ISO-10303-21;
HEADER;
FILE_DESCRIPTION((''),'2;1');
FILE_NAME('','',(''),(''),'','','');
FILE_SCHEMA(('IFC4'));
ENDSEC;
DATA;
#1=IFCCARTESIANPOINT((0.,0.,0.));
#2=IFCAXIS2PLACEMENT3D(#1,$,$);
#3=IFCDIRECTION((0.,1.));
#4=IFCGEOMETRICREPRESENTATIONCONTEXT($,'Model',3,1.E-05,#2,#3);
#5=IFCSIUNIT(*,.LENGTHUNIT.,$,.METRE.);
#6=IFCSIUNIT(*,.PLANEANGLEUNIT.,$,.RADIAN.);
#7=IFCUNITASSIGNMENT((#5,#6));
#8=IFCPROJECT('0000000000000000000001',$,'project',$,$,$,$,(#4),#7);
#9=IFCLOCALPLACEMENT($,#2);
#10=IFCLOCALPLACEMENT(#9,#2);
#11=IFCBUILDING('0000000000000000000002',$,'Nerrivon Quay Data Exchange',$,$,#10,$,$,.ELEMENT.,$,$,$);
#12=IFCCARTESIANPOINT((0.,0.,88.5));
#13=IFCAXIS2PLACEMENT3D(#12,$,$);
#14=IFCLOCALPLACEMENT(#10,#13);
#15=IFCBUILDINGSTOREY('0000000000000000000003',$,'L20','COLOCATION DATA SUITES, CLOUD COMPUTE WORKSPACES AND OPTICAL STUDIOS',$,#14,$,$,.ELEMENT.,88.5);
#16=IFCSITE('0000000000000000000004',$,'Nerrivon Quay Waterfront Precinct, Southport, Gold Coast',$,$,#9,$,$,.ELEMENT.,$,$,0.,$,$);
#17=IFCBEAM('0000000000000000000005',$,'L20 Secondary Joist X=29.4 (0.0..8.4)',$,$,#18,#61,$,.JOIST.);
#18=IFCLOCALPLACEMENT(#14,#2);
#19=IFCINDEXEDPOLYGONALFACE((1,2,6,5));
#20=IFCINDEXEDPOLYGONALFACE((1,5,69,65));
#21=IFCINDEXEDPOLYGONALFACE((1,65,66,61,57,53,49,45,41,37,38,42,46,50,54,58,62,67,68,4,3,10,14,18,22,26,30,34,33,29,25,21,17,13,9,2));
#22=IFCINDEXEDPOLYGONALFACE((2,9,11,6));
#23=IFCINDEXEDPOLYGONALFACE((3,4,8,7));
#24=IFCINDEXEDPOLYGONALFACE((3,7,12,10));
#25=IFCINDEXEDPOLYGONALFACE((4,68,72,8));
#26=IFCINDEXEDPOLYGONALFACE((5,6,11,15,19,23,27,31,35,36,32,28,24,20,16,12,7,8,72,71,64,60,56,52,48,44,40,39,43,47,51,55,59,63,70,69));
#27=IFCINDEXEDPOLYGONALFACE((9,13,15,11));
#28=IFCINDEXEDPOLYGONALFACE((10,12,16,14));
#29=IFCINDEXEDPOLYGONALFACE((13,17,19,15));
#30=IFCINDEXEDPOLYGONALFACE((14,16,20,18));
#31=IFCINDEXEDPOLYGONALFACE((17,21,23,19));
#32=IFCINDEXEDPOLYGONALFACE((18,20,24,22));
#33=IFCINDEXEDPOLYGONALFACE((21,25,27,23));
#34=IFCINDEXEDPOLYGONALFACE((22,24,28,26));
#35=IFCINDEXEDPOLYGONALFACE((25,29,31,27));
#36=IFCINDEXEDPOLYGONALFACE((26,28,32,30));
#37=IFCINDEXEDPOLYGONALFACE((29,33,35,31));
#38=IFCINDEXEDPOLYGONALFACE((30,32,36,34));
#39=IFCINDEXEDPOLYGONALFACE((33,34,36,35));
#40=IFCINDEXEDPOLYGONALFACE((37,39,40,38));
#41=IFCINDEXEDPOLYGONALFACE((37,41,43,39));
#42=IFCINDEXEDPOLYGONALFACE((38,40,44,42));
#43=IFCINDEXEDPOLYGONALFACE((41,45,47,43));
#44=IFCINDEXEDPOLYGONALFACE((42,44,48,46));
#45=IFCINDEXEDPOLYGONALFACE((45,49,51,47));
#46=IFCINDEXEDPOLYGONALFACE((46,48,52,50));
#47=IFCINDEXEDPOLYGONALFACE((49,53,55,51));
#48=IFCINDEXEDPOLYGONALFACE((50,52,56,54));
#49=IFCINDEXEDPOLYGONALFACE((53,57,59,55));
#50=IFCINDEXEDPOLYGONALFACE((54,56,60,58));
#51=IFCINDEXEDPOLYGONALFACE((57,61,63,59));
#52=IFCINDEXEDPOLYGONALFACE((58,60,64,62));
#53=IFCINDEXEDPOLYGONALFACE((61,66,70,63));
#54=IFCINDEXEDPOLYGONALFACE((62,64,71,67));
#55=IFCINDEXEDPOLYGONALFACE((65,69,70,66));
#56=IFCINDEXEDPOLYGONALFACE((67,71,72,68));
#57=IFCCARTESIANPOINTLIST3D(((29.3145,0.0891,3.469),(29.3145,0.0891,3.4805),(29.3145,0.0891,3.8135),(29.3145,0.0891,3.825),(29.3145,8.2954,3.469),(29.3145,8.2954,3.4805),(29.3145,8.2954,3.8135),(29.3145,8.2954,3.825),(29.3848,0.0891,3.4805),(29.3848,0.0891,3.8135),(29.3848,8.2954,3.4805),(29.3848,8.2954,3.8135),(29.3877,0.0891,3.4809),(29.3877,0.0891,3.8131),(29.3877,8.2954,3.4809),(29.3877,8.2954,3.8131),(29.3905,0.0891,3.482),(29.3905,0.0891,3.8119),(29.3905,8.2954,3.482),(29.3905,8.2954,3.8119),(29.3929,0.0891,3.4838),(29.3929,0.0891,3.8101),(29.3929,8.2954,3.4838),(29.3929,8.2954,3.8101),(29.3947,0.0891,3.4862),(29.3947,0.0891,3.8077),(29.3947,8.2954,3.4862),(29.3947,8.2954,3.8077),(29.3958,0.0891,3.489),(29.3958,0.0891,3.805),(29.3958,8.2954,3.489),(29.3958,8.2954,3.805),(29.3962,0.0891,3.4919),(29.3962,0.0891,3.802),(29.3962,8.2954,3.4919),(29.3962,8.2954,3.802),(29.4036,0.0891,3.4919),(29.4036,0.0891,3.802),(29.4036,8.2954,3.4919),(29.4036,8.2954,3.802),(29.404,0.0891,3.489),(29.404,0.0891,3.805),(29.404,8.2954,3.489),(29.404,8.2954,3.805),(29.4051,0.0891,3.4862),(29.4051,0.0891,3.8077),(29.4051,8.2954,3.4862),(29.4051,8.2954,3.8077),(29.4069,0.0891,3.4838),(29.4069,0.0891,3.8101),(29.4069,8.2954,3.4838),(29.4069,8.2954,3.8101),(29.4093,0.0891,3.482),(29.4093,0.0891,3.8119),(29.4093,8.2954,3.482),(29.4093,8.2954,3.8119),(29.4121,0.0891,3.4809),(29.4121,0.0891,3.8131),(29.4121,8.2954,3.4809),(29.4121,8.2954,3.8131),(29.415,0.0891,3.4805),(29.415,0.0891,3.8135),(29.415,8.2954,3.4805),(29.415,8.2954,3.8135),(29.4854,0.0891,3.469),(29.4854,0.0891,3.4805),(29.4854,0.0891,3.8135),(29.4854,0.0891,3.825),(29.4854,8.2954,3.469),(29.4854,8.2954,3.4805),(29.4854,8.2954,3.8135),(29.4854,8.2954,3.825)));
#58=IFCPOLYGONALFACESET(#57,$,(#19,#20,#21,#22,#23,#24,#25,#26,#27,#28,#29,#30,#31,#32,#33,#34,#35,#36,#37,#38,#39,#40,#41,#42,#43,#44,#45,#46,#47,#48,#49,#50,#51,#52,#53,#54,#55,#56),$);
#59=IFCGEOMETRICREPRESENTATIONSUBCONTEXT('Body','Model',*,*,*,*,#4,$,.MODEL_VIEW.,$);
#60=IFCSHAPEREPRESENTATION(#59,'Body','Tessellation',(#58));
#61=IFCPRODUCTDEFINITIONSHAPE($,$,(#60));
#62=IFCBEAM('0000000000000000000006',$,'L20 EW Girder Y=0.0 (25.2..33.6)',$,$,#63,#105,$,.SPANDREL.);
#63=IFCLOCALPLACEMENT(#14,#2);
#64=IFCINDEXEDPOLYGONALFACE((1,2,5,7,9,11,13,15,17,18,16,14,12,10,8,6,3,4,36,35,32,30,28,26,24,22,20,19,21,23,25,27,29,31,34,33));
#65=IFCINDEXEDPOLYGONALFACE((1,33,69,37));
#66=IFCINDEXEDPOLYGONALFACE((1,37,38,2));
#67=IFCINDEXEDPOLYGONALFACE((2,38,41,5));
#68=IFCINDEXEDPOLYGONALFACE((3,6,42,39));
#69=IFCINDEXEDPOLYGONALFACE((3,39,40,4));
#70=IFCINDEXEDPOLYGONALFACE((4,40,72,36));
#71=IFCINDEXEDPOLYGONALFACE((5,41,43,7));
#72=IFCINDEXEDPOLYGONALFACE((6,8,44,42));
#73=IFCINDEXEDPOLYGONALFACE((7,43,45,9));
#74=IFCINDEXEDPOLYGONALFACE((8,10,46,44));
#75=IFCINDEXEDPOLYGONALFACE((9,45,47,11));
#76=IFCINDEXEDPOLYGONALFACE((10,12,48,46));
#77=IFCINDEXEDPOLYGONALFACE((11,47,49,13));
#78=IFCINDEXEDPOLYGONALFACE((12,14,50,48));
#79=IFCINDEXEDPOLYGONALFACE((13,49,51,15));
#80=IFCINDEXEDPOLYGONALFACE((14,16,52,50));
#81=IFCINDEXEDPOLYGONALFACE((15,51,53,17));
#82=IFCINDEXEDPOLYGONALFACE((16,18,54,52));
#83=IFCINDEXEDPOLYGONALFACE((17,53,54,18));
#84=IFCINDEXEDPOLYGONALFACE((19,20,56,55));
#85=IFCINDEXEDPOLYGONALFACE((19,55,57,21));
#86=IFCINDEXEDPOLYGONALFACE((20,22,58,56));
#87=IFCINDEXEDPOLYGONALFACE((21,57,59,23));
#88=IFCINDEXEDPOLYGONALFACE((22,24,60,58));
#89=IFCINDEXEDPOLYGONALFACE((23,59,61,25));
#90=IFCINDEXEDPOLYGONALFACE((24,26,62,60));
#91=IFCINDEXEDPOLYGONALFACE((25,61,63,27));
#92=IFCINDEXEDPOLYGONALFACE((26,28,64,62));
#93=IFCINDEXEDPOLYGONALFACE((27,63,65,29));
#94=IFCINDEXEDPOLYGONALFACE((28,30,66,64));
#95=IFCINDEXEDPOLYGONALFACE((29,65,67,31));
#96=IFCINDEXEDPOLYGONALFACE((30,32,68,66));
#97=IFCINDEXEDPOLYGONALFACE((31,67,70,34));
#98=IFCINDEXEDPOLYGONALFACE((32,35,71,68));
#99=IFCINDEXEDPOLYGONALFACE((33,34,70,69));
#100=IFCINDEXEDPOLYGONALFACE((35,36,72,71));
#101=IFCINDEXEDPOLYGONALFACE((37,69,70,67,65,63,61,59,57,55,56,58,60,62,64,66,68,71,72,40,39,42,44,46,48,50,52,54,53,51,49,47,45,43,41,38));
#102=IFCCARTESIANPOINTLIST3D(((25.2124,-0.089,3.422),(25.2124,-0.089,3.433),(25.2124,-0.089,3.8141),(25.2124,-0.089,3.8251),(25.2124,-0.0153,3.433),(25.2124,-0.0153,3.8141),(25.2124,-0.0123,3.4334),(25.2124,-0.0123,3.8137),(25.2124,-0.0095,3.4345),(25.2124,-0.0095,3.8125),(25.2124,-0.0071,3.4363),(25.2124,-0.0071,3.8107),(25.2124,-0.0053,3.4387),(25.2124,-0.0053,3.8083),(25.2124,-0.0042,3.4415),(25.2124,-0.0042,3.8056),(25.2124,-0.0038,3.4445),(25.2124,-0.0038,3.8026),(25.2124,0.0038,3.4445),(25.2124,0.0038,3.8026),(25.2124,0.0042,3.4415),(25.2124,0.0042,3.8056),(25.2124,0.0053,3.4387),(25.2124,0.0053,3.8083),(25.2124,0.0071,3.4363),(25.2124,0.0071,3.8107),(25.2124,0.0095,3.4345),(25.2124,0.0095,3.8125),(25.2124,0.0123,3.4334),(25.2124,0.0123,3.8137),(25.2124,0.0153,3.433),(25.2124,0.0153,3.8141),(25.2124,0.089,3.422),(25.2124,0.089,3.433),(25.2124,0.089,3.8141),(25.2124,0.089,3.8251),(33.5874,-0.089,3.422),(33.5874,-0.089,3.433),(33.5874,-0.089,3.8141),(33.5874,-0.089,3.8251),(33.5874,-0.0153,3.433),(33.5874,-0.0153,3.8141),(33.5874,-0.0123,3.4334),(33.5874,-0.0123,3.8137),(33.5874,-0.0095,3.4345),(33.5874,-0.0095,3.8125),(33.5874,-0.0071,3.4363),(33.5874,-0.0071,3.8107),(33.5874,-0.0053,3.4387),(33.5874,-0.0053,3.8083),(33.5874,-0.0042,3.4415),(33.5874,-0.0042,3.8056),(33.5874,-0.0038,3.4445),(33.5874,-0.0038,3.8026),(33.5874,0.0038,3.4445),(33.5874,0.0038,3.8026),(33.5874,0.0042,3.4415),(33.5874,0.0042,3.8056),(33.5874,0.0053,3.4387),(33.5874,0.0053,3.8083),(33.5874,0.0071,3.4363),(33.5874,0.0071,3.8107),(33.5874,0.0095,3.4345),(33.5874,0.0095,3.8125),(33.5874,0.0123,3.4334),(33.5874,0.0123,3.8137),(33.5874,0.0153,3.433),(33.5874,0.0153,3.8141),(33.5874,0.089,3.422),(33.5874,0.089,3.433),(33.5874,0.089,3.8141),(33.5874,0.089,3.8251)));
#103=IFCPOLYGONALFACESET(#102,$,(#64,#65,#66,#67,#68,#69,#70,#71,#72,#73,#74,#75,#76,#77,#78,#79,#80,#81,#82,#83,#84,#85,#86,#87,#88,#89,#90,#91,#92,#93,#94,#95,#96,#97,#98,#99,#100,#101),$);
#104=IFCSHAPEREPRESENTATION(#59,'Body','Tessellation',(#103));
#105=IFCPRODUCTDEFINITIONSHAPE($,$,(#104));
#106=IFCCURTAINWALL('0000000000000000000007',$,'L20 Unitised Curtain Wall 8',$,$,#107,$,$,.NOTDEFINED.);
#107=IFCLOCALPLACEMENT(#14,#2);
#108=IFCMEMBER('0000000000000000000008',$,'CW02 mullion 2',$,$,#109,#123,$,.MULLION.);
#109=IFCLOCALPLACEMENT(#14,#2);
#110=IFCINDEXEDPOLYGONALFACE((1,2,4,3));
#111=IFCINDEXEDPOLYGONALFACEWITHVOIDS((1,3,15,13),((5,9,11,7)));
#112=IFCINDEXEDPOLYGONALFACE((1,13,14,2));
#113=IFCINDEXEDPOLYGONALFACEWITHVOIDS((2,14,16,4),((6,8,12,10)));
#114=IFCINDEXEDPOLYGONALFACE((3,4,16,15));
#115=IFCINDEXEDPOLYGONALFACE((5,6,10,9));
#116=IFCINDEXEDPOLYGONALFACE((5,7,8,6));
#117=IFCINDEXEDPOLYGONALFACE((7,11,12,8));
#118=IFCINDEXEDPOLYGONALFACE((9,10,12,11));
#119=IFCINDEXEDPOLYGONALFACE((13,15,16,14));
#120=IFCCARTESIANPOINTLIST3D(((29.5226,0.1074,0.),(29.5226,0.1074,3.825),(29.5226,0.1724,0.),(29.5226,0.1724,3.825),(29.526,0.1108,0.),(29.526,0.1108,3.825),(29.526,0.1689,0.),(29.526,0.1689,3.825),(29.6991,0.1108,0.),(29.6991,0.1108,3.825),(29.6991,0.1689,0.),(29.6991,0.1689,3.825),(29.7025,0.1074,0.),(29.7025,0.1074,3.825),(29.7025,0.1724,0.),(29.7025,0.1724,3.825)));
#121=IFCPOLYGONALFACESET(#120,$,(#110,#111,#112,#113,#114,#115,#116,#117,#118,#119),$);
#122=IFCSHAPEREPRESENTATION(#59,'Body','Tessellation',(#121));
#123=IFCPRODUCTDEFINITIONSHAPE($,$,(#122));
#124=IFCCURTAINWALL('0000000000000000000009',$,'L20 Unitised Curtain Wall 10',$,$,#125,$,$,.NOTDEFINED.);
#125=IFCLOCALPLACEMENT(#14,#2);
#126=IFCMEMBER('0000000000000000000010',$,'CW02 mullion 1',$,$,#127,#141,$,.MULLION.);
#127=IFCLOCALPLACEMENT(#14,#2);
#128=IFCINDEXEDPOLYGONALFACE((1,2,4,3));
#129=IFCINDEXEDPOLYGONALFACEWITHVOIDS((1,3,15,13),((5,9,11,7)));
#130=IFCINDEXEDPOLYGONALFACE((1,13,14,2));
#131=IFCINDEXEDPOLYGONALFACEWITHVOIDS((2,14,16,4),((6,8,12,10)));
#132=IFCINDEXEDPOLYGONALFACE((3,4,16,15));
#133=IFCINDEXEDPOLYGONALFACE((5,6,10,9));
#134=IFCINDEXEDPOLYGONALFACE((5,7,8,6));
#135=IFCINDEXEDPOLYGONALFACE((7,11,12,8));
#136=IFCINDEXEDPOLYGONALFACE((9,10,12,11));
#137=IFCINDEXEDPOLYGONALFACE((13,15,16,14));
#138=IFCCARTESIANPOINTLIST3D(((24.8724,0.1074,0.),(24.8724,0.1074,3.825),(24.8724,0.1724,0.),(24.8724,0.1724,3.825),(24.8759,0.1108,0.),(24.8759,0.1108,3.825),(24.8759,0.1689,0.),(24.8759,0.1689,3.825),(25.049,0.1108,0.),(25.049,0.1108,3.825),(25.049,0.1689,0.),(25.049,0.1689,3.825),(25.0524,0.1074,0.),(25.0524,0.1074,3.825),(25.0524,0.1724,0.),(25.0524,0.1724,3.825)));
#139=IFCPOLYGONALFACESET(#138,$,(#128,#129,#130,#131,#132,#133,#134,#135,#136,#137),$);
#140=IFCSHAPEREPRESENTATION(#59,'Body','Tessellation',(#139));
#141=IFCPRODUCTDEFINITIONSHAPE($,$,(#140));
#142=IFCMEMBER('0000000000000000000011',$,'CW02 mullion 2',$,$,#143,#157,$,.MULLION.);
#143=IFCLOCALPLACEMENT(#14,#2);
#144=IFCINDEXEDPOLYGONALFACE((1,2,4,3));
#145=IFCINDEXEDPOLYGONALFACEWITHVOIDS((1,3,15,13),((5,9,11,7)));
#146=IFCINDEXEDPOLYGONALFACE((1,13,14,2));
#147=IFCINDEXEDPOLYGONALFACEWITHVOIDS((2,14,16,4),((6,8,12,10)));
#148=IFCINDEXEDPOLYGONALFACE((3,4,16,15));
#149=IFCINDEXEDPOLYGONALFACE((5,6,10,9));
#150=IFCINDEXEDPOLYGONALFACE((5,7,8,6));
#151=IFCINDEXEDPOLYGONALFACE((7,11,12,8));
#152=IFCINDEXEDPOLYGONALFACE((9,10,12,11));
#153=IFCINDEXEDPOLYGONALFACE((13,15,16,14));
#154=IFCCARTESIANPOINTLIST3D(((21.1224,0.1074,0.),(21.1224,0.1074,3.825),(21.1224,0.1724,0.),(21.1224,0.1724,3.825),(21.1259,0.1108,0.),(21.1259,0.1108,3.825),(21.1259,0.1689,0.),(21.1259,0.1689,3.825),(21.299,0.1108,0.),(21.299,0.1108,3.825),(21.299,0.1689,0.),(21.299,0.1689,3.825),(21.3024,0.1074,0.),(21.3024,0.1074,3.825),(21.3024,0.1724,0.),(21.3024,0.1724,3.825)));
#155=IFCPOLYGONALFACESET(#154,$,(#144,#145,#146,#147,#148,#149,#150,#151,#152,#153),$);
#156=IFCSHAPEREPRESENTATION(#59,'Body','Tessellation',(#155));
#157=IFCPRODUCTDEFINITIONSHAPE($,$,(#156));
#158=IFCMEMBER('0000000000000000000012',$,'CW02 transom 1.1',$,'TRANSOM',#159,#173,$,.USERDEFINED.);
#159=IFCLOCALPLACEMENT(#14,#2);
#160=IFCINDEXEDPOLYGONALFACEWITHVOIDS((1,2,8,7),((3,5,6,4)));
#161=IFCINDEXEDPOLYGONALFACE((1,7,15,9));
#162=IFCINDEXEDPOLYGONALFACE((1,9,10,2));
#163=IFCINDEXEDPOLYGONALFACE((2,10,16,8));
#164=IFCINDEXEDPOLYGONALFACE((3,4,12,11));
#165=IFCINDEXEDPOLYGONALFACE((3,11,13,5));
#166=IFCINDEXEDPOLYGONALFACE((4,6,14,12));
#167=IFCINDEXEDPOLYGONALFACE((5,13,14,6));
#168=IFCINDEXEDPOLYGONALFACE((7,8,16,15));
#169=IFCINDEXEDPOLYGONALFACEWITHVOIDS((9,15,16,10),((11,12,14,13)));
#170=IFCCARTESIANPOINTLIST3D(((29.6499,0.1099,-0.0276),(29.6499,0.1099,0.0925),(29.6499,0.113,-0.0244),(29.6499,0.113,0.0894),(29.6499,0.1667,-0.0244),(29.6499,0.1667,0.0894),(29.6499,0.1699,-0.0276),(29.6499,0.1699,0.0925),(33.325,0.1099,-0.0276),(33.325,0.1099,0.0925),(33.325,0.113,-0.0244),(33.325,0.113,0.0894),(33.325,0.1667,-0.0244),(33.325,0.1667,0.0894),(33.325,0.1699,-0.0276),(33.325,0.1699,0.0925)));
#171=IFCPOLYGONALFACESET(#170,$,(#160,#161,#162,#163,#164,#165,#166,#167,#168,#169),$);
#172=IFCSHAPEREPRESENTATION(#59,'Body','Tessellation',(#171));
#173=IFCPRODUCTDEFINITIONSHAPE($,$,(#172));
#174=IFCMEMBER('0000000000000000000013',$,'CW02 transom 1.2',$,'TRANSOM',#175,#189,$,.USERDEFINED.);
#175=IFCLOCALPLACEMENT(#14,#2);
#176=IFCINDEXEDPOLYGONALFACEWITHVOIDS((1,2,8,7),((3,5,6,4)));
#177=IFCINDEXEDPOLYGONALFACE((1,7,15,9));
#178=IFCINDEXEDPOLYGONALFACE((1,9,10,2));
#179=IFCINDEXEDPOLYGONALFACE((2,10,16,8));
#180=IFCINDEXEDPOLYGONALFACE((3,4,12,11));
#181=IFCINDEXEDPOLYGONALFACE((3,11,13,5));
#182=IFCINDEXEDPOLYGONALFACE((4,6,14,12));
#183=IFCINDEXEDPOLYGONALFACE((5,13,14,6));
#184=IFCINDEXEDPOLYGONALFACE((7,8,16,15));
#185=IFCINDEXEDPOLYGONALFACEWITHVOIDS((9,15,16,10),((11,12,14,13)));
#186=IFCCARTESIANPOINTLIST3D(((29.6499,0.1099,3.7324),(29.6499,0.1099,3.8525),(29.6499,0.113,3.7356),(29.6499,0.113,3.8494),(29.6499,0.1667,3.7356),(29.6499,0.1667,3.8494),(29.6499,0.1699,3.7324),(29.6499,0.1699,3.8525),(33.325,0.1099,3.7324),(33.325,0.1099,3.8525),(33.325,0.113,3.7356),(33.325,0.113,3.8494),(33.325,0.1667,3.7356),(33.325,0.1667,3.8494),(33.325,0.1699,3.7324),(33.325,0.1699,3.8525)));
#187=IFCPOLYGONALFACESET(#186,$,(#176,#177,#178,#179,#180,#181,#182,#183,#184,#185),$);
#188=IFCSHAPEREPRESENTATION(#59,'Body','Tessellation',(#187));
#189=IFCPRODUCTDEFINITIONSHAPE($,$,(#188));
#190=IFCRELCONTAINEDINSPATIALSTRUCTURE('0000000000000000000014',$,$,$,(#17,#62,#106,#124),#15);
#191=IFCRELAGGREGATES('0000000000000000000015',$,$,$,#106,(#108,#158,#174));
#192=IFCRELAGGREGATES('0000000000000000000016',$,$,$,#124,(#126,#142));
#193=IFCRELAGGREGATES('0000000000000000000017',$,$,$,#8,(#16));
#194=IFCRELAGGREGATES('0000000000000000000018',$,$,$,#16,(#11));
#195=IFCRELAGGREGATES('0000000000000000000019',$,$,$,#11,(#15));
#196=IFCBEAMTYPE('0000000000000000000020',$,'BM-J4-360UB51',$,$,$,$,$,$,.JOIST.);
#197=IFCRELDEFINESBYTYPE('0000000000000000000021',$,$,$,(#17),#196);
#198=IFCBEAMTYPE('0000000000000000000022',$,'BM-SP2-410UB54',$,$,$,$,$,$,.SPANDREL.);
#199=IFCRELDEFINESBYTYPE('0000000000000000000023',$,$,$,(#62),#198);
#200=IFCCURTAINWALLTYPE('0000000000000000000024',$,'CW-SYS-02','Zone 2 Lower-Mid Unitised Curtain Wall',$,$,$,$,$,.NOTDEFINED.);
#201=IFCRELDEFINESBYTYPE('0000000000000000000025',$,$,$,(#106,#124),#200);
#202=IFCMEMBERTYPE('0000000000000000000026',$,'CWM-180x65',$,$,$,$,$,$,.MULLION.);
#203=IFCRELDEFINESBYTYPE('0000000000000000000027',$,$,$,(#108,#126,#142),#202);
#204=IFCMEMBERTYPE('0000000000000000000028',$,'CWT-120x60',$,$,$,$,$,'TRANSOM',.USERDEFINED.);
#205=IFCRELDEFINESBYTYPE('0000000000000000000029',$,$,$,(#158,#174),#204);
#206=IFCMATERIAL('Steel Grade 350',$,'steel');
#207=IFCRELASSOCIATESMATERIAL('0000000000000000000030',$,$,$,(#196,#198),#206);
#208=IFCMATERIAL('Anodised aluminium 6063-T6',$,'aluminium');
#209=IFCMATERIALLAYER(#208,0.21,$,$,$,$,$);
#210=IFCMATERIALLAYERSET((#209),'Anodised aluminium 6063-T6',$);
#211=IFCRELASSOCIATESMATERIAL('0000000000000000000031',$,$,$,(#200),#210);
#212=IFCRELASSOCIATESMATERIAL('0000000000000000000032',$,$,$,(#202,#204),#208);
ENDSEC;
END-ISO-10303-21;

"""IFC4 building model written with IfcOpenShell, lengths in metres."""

from ifc_helpers import new_model, si_unit, direction, frame, origin, origin_2d, place, context, subcontext, project, spatial, hollow_rectangle, i_section, extrude, material, layer, layer_set, material_profile, profile_set, type_object, element, aggregate, save


model = new_model("IFC4")

# Units and contexts
model_context = context("Model", 3, precision=1e-05, world=origin(), true_north=direction((0.0, 1.0)))
body_context = subcontext(model_context, "Body", "Model", "MODEL_VIEW")
ifc_project = project(units=[si_unit("LENGTHUNIT", "METRE"), si_unit("PLANEANGLEUNIT", "RADIAN")], contexts=[model_context])

# Site, building, storey
site_placement = place(None, origin())
site = spatial("IfcSite", under=ifc_project, at=site_placement, Name="Nerrivon Quay Waterfront Precinct, Southport, Gold Coast", CompositionType="ELEMENT", RefElevation=0.0)
building_placement = place(site_placement, origin())
building = spatial("IfcBuilding", under=site, at=building_placement, Name="Nerrivon Quay Data Exchange", CompositionType="ELEMENT")
storey_placement = place(building_placement, frame((0.0, 0.0, 88.5)))
storey = spatial("IfcBuildingStorey", under=building, at=storey_placement, Name="L20", Description="COLOCATION DATA SUITES, CLOUD COMPUTE WORKSPACES AND OPTICAL STUDIOS", CompositionType="ELEMENT", Elevation=88.5)

# Shared definitions
ifc_material_1 = material(Name="Steel Grade 350", Category="steel")

# Beams
ifc_material_profile_1 = material_profile(ifc_material_1, i_section(OverallWidth=0.1709, OverallDepth=0.356, WebThickness=0.0073, FlangeThickness=0.0115, FilletRadius=0.0115, at=origin_2d()), Name="360UB50.7")
ifc_profile_set_1 = profile_set([ifc_material_profile_1], Name="Steel Grade 350")
beam_type_1 = type_object("IfcBeamType", Name="BM-J4-360UB51", PredefinedType="JOIST", material=ifc_profile_set_1)
for number, where, z_axis, x_axis, name in (
    (1, (29.3999, 0.0891, 3.647), (0.0, 1.0, 0.0), (-1.0, 0.0, 0.0), "L20 Secondary Joist X=29.4 (0.0..8.4)"),
):
    element("IfcBeam", number, at=place(storey_placement, frame(where, z_axis=z_axis, x_axis=x_axis)), inside=storey, type_object=beam_type_1, Name=name, PredefinedType="JOIST", context=body_context, shape_type="SweptSolid", body=[
        extrude(i_section(OverallWidth=0.1709, OverallDepth=0.356, WebThickness=0.0073, FlangeThickness=0.0115, FilletRadius=0.0115, at=origin_2d()), origin(), (0.0, 0.0, 1.0), 8.2063),
    ])
ifc_material_profile_2 = material_profile(ifc_material_1, i_section(OverallWidth=0.178, OverallDepth=0.4031, WebThickness=0.0076, FlangeThickness=0.011, FilletRadius=0.0115, at=origin_2d()), Name="410UB53.7")
ifc_profile_set_2 = profile_set([ifc_material_profile_2], Name="Steel Grade 350")
beam_type_2 = type_object("IfcBeamType", Name="BM-SP2-410UB54", PredefinedType="SPANDREL", material=ifc_profile_set_2)
beam_1_placement = place(storey_placement, frame((25.2124, 0.0, 3.6235), z_axis=(1.0, 0.0, 0.0), x_axis=(0.0, 1.0, 0.0)))
element("IfcBeam", 2, at=beam_1_placement, inside=storey, type_object=beam_type_2, Name="L20 EW Girder Y=0.0 (25.2..33.6)", PredefinedType="SPANDREL", context=body_context, shape_type="SweptSolid", body=[
    extrude(i_section(OverallWidth=0.178, OverallDepth=0.4031, WebThickness=0.0076, FlangeThickness=0.011, FilletRadius=0.0115, at=origin_2d()), origin(), (0.0, 0.0, 1.0), 8.375),
])

# Curtain wall, member
ifc_material_2 = material(Name="Anodised aluminium 6063-T6", Category="aluminium")
ifc_layer_1 = layer(ifc_material_2, 0.21)
ifc_layer_set_1 = layer_set([ifc_layer_1], Name="Anodised aluminium 6063-T6")
curtain_wall_type = type_object("IfcCurtainWallType", Name="CW-SYS-02", Description="Zone 2 Lower-Mid Unitised Curtain Wall", PredefinedType="NOTDEFINED", material=ifc_layer_set_1)
curtain_wall_1_placement = place(storey_placement, origin())
curtain_wall_1 = element("IfcCurtainWall", 3, at=curtain_wall_1_placement, inside=storey, type_object=curtain_wall_type, Name="L20 Unitised Curtain Wall 8", PredefinedType="NOTDEFINED")
ifc_material_profile_3 = material_profile(ifc_material_2, hollow_rectangle(XDim=0.0649, YDim=0.1799, WallThickness=0.0034, at=origin_2d()), Name="ALU-MULL-180x65")
ifc_profile_set_3 = profile_set([ifc_material_profile_3], Name="Anodised aluminium 6063-T6")
member_type_1 = type_object("IfcMemberType", Name="CWM-180x65", PredefinedType="MULLION", material=ifc_profile_set_3)
member_1_placement = place(storey_placement, frame((29.6125, 0.1399, 0.0), z_axis=(0.0, 0.0, 1.0), x_axis=(0.0, -1.0, 0.0)))
member_1 = element("IfcMember", 4, at=member_1_placement, type_object=member_type_1, Name="CW02 mullion 2", PredefinedType="MULLION", context=body_context, shape_type="SweptSolid", body=[
    extrude(hollow_rectangle(XDim=0.0649, YDim=0.1799, WallThickness=0.0034, at=origin_2d()), origin(), (0.0, 0.0, 1.0), 3.825),
])

# Curtain wall, members
curtain_wall_2_placement = place(storey_placement, origin())
curtain_wall_2 = element("IfcCurtainWall", 5, at=curtain_wall_2_placement, inside=storey, type_object=curtain_wall_type, Name="L20 Unitised Curtain Wall 10", PredefinedType="NOTDEFINED")
member_2_placement = place(storey_placement, frame((24.9624, 0.1399, 0.0), z_axis=(0.0, 0.0, 1.0), x_axis=(0.0, -1.0, 0.0)))
member_2 = element("IfcMember", 6, at=member_2_placement, type_object=member_type_1, Name="CW02 mullion 1", PredefinedType="MULLION", context=body_context, shape_type="SweptSolid", body=[
    extrude(hollow_rectangle(XDim=0.0649, YDim=0.1799, WallThickness=0.0034, at=origin_2d()), origin(), (0.0, 0.0, 1.0), 3.825),
])
member_3_placement = place(storey_placement, frame((21.2124, 0.1399, 0.0), z_axis=(0.0, 0.0, 1.0), x_axis=(0.0, -1.0, 0.0)))
member_3 = element("IfcMember", 7, at=member_3_placement, type_object=member_type_1, Name="CW02 mullion 2", PredefinedType="MULLION", context=body_context, shape_type="SweptSolid", body=[
    extrude(hollow_rectangle(XDim=0.0649, YDim=0.1799, WallThickness=0.0034, at=origin_2d()), origin(), (0.0, 0.0, 1.0), 3.825),
])

# Members
ifc_material_profile_4 = material_profile(ifc_material_2, hollow_rectangle(XDim=0.0601, YDim=0.1201, WallThickness=0.0032, at=origin_2d()), Name="ALU-TRAN-120x60")
ifc_profile_set_4 = profile_set([ifc_material_profile_4], Name="Anodised aluminium 6063-T6")
member_type_2 = type_object("IfcMemberType", Name="CWT-120x60", ElementType="TRANSOM", PredefinedType="USERDEFINED", material=ifc_profile_set_4)
member_4_placement = place(storey_placement, frame((33.325, 0.1399, 0.0325), z_axis=(-1.0, 0.0, 0.0), x_axis=(0.0, -1.0, 0.0)))
member_4 = element("IfcMember", 8, at=member_4_placement, type_object=member_type_2, Name="CW02 transom 1.1", ObjectType="TRANSOM", PredefinedType="USERDEFINED", context=body_context, shape_type="SweptSolid", body=[
    extrude(hollow_rectangle(XDim=0.0601, YDim=0.1201, WallThickness=0.0032, at=origin_2d()), origin(), (0.0, 0.0, 1.0), 3.675),
])
member_5_placement = place(storey_placement, frame((33.325, 0.1399, 3.7925), z_axis=(-1.0, 0.0, 0.0), x_axis=(0.0, -1.0, 0.0)))
member_5 = element("IfcMember", 9, at=member_5_placement, type_object=member_type_2, Name="CW02 transom 1.2", ObjectType="TRANSOM", PredefinedType="USERDEFINED", context=body_context, shape_type="SweptSolid", body=[
    extrude(hollow_rectangle(XDim=0.0601, YDim=0.1201, WallThickness=0.0032, at=origin_2d()), origin(), (0.0, 0.0, 1.0), 3.675),
])

aggregate(curtain_wall_1, [member_1, member_4, member_5])
aggregate(curtain_wall_2, [member_2, member_3])

save(model, "model.ifc")
